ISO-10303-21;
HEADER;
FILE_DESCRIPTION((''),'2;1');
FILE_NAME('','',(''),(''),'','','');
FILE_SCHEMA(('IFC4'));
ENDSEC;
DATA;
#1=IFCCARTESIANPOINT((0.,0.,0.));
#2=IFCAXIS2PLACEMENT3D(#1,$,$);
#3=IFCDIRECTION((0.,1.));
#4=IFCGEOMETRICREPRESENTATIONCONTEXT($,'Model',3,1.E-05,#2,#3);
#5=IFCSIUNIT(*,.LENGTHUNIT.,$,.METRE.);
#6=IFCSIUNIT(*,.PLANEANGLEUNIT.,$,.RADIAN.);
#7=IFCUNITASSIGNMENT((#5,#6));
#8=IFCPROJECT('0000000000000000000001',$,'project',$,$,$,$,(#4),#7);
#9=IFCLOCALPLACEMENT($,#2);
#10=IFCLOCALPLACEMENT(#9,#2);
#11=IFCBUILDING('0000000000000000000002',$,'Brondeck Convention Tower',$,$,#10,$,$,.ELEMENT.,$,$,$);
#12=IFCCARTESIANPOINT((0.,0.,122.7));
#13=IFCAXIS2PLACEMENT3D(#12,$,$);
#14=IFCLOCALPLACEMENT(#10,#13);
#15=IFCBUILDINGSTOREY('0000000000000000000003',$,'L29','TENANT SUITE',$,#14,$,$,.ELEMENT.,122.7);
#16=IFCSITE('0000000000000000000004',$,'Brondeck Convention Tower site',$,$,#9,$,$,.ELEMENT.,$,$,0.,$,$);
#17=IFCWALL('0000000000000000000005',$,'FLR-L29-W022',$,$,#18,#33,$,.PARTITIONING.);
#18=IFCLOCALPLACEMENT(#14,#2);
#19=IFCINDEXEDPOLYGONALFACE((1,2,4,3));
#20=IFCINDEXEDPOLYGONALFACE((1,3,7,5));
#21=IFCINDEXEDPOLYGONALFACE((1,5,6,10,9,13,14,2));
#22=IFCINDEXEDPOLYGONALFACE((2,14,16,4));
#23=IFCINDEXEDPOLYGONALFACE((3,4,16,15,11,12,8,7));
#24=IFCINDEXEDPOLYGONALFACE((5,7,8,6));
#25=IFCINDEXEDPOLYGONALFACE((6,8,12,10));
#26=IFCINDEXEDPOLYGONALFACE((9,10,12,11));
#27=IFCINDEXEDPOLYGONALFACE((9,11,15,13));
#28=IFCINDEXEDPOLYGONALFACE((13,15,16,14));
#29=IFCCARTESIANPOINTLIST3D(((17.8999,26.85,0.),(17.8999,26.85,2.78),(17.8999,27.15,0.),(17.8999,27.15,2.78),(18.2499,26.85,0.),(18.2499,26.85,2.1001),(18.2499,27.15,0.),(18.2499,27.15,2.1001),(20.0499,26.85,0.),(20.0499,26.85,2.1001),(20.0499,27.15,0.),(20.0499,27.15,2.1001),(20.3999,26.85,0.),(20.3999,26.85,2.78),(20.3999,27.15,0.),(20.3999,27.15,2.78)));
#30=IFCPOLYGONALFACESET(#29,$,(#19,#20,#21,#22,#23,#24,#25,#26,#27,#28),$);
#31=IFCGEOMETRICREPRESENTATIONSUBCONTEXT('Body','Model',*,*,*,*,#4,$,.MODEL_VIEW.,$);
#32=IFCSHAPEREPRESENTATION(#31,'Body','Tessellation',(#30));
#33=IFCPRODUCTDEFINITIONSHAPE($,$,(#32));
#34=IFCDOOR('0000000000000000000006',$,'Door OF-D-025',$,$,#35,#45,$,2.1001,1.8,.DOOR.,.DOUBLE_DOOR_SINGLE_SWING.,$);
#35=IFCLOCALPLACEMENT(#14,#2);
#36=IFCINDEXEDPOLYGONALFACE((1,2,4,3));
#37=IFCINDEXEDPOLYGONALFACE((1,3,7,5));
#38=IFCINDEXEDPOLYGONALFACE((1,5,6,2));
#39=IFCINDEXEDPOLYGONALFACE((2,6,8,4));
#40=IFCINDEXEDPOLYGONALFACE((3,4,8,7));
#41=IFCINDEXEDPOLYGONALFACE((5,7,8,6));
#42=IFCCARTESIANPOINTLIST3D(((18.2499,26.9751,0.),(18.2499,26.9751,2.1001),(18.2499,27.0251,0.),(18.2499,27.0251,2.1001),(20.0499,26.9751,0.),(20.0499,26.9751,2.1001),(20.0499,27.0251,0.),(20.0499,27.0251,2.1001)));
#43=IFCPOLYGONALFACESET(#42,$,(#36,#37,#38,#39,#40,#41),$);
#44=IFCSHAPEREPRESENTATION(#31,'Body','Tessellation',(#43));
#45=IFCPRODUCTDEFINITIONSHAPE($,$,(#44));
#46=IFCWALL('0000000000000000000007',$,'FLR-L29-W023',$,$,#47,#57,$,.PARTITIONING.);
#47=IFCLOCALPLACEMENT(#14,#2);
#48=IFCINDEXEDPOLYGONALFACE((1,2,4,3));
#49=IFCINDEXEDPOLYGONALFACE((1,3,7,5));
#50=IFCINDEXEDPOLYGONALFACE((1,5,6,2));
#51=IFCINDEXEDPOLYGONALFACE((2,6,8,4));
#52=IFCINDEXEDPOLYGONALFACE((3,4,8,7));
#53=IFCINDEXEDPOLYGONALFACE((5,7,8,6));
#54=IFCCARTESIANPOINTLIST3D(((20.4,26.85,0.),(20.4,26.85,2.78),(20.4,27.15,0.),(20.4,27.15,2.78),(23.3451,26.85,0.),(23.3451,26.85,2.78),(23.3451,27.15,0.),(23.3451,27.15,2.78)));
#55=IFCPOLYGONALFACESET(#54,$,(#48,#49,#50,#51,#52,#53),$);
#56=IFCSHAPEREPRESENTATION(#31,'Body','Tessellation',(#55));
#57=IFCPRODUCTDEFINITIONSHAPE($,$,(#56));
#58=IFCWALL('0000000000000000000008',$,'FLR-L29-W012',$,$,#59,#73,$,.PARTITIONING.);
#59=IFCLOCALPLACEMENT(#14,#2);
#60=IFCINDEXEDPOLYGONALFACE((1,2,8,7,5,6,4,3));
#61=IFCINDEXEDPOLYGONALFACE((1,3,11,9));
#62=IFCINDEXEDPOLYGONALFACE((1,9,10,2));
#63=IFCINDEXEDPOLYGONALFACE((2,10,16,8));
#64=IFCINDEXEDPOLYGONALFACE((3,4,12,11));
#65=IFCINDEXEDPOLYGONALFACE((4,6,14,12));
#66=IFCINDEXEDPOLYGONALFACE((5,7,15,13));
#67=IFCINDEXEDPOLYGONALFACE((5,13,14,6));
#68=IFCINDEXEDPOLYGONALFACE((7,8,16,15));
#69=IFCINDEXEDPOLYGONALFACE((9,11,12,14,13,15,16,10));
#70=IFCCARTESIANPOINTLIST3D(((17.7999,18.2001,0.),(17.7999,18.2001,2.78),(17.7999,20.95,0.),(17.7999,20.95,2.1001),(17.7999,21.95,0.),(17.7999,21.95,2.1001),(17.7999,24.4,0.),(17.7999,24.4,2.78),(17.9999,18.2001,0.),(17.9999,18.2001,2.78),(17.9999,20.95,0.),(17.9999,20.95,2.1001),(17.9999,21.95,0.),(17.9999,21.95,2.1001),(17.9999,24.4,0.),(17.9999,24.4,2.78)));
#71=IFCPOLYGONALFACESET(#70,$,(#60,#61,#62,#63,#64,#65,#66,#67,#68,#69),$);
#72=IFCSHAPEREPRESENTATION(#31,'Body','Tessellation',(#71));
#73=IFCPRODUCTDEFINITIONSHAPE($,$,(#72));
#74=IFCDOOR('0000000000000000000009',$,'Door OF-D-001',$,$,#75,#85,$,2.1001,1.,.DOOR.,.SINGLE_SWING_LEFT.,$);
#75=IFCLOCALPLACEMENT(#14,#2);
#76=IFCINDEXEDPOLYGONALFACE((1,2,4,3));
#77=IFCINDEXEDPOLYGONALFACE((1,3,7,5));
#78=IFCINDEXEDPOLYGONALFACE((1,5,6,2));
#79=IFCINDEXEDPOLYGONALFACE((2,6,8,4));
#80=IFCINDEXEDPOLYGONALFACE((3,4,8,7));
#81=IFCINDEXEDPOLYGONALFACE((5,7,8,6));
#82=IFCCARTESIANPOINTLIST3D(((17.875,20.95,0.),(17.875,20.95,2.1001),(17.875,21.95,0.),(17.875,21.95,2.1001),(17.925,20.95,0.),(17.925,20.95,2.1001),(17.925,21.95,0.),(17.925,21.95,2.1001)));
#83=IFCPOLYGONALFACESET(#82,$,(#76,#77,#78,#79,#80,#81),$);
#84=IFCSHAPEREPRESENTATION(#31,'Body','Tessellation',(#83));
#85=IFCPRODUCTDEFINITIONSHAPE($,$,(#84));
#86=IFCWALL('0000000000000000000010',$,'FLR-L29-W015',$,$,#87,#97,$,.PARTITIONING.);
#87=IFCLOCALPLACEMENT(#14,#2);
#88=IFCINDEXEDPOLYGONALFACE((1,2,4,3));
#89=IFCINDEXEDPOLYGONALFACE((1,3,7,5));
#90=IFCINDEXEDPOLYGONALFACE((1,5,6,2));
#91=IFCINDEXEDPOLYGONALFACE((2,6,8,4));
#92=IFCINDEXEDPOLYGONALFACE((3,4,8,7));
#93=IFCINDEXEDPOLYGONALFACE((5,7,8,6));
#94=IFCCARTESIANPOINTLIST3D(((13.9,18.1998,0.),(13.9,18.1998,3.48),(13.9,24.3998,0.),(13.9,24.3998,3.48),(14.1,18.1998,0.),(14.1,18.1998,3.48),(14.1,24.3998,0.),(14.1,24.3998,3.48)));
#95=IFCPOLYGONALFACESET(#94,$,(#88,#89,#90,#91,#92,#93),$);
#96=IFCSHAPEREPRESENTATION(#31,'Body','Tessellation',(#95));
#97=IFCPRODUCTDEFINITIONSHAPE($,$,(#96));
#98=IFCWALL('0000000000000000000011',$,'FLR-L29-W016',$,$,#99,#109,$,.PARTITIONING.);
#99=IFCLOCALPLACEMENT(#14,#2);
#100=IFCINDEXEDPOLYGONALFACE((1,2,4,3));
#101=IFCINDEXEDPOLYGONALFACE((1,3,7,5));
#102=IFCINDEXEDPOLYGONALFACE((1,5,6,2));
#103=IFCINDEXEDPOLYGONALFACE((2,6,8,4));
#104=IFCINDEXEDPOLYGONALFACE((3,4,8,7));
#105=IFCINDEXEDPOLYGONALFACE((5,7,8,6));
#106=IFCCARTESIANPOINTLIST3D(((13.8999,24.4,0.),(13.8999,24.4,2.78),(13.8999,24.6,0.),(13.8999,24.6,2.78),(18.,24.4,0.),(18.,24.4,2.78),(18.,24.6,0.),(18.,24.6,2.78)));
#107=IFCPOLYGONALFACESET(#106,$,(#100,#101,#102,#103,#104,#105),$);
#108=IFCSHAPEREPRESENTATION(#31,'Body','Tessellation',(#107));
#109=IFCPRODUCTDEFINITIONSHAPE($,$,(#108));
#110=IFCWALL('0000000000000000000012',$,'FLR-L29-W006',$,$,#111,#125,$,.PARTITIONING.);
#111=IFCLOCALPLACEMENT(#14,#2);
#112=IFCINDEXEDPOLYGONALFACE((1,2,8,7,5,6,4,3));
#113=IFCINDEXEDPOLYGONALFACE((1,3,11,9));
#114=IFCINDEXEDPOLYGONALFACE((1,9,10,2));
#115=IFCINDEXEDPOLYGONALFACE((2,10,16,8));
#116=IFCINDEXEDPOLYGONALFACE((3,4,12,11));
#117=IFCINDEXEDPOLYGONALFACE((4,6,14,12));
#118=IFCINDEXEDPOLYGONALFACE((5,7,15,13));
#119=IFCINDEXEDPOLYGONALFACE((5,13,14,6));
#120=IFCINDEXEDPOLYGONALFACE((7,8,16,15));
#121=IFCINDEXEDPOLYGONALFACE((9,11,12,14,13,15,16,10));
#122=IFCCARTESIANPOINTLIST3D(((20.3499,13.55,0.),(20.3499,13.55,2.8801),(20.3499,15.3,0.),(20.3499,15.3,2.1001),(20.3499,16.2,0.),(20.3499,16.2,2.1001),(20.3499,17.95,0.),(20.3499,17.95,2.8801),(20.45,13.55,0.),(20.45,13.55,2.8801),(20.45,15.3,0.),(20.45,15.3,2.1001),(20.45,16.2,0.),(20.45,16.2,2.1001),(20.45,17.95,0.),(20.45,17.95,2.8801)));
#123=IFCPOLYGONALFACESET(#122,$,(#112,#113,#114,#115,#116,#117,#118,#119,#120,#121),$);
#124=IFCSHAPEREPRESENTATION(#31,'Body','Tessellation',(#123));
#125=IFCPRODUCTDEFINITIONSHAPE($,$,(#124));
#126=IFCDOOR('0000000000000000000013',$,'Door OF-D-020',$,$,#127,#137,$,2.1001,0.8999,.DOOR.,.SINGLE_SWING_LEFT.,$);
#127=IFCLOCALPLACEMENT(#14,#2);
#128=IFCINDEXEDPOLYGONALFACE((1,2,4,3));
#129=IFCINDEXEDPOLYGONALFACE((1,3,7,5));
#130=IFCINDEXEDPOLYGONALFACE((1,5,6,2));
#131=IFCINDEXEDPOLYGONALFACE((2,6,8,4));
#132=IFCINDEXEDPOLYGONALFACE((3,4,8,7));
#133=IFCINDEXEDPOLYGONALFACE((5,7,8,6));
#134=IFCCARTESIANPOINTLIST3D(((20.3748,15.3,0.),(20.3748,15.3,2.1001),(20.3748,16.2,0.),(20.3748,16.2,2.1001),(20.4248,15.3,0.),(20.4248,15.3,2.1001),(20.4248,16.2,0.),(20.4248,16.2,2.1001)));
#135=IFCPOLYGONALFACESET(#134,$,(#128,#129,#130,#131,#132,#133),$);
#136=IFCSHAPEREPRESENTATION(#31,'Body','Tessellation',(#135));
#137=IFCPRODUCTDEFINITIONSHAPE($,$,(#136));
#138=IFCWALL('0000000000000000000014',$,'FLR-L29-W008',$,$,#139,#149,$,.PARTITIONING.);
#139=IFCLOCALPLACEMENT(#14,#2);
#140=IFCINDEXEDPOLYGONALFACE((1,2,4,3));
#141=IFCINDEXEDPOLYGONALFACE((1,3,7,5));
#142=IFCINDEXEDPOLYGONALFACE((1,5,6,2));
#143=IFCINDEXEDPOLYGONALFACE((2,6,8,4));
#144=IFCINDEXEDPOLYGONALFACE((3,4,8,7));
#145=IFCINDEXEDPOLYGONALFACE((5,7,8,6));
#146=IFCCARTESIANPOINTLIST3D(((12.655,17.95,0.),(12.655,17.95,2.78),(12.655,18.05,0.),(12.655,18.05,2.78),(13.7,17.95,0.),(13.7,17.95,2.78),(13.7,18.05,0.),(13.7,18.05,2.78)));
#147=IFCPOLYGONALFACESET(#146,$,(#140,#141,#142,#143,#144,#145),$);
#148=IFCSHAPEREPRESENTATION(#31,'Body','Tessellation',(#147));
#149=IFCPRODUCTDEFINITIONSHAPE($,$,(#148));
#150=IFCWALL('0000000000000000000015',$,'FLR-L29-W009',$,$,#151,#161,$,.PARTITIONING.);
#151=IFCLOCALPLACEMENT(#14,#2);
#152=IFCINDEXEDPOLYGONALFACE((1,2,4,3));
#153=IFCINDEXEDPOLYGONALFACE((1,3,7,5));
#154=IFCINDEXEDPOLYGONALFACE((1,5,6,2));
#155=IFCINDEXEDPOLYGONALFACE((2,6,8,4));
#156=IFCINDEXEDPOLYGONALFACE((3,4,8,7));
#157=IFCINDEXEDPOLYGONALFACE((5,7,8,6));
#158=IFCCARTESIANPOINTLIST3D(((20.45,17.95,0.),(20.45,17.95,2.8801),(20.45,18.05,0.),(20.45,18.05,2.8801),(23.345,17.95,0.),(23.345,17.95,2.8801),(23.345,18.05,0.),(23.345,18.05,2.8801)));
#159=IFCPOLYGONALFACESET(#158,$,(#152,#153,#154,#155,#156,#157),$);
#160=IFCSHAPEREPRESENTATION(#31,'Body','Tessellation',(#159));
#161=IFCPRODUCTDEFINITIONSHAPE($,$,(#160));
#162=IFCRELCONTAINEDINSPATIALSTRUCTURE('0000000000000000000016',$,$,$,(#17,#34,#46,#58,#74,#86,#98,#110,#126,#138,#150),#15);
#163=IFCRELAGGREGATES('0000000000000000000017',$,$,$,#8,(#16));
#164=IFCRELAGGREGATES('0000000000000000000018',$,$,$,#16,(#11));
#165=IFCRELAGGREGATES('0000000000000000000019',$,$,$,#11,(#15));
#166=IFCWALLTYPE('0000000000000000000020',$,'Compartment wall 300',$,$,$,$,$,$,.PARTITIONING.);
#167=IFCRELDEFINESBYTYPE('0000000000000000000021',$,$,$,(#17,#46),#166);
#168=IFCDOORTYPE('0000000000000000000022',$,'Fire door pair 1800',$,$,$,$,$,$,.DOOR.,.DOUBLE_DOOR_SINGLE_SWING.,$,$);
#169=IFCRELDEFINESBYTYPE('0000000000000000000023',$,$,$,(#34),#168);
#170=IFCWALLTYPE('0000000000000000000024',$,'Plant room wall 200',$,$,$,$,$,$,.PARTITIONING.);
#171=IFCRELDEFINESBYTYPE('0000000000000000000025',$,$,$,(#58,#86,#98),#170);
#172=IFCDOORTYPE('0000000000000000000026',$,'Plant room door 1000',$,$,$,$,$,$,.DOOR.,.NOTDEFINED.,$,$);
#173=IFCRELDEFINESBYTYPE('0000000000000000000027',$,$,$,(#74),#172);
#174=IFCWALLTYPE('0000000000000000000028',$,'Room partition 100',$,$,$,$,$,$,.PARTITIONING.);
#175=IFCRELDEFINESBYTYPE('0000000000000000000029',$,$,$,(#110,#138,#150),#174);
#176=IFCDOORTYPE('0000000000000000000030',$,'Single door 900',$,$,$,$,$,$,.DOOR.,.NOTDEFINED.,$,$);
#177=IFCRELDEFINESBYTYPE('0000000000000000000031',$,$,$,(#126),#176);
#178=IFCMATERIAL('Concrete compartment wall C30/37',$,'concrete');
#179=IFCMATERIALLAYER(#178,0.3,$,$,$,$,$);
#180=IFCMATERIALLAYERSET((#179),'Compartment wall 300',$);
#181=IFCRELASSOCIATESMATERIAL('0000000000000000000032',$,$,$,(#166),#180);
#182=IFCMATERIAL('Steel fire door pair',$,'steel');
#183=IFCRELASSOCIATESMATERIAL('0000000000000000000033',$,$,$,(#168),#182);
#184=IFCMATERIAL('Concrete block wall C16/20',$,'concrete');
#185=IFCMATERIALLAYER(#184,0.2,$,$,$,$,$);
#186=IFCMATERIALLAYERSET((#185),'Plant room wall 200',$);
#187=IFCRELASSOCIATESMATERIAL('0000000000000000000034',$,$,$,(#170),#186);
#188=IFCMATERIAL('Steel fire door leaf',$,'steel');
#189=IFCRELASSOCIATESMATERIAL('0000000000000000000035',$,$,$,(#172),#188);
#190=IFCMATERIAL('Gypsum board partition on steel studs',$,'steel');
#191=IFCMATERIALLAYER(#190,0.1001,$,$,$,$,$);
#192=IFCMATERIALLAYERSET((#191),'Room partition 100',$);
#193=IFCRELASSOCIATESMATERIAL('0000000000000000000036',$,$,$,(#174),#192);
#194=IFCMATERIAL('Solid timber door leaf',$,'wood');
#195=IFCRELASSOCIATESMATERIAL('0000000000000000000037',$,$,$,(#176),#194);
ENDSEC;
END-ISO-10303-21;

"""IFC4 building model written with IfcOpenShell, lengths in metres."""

from ifc_helpers import new_model, si_unit, direction, frame, frame_2d, origin, place, context, subcontext, project, spatial, rectangle, extrude, material, layer, layer_set, type_object, element, fill, save


model = new_model("IFC4")

# Units and contexts
model_context = context("Model", 3, precision=1e-05, world=origin(), true_north=direction((0.0, 1.0)))
body_context = subcontext(model_context, "Body", "Model", "MODEL_VIEW")
ifc_project = project(units=[si_unit("LENGTHUNIT", "METRE"), si_unit("PLANEANGLEUNIT", "RADIAN")], contexts=[model_context])

# Site, building, storey
site_placement = place(None, origin())
site = spatial("IfcSite", under=ifc_project, at=site_placement, Name="Brondeck Convention Tower site", CompositionType="ELEMENT", RefElevation=0.0)
building_placement = place(site_placement, origin())
building = spatial("IfcBuilding", under=site, at=building_placement, Name="Brondeck Convention Tower", CompositionType="ELEMENT")
storey_placement = place(building_placement, frame((0.0, 0.0, 122.7)))
storey = spatial("IfcBuildingStorey", under=building, at=storey_placement, Name="L29", Description="TENANT SUITE", CompositionType="ELEMENT", Elevation=122.7)

# Shared definitions
ifc_material_1 = material(Name="Concrete compartment wall C30/37", Category="concrete")
ifc_layer_1 = layer(ifc_material_1, 0.3)
ifc_layer_set_1 = layer_set([ifc_layer_1], Name="Compartment wall 300")
wall_type_1 = type_object("IfcWallType", Name="Compartment wall 300", PredefinedType="PARTITIONING", material=ifc_layer_set_1)

# Wall, opening, door
wall_1_placement = place(storey_placement, frame((20.3999, 27.0, 0.0), z_axis=(0.0, 0.0, 1.0), x_axis=(-1.0, 0.0, 0.0)))
wall_1 = element("IfcWall", 1, at=wall_1_placement, inside=storey, type_object=wall_type_1, Name="FLR-L29-W022", PredefinedType="PARTITIONING", context=body_context, shape_type="SweptSolid", body=[
    extrude(rectangle(XDim=2.5, YDim=0.3, at=frame_2d((1.25, 0.0))), origin(), (0.0, 0.0, 1.0), 2.78),
])
opening_1_placement = place(wall_1_placement, frame((0.3501, 0.0, 0.0)))
opening_1 = element("IfcOpeningElement", 2, at=opening_1_placement, cuts=wall_1, PredefinedType="OPENING", context=body_context, shape_type="SweptSolid", body=[
    extrude(rectangle(XDim=1.8, YDim=2.1001, at=frame_2d((0.8999, 1.05))), frame((0.0, 0.1599, 0.0), z_axis=(0.0, -1.0, 0.0), x_axis=(1.0, 0.0, 0.0)), (0.0, 0.0, 1.0), 0.3201),
])
ifc_material_2 = material(Name="Steel fire door pair", Category="steel")
door_type_1 = type_object("IfcDoorType", Name="Fire door pair 1800", OperationType="DOUBLE_DOOR_SINGLE_SWING", PredefinedType="DOOR", material=ifc_material_2)
door_1_placement = place(opening_1_placement, origin())
door_1 = element("IfcDoor", 3, at=door_1_placement, inside=storey, type_object=door_type_1, Name="Door OF-D-025", OperationType="DOUBLE_DOOR_SINGLE_SWING", OverallHeight=2.1001, OverallWidth=1.8, PredefinedType="DOOR", context=body_context, shape_type="SweptSolid", body=[
    extrude(rectangle(XDim=1.8, YDim=2.1001, at=frame_2d((0.8999, 1.05))), frame((0.0, 0.0249, 0.0), z_axis=(0.0, -1.0, 0.0), x_axis=(1.0, 0.0, 0.0)), (0.0, 0.0, 1.0), 0.05),
])
fill(opening_1, door_1)

# Wall
wall_2_placement = place(storey_placement, frame((20.3999, 27.0, 0.0), z_axis=(0.0, 0.0, 1.0), x_axis=(1.0, 0.0, 0.0)))
element("IfcWall", 4, at=wall_2_placement, inside=storey, type_object=wall_type_1, Name="FLR-L29-W023", PredefinedType="PARTITIONING", context=body_context, shape_type="SweptSolid", body=[
    extrude(rectangle(XDim=2.9451, YDim=0.3, at=frame_2d((1.4727, 0.0))), origin(), (0.0, 0.0, 1.0), 2.78),
])

# Wall, opening, door
ifc_material_3 = material(Name="Concrete block wall C16/20", Category="concrete")
ifc_layer_2 = layer(ifc_material_3, 0.2)
ifc_layer_set_2 = layer_set([ifc_layer_2], Name="Plant room wall 200")
wall_type_2 = type_object("IfcWallType", Name="Plant room wall 200", PredefinedType="PARTITIONING", material=ifc_layer_set_2)
wall_3_placement = place(storey_placement, frame((17.8999, 18.2, 0.0), z_axis=(0.0, 0.0, 1.0), x_axis=(0.0, 1.0, 0.0)))
wall_3 = element("IfcWall", 5, at=wall_3_placement, inside=storey, type_object=wall_type_2, Name="FLR-L29-W012", PredefinedType="PARTITIONING", context=body_context, shape_type="SweptSolid", body=[
    extrude(rectangle(XDim=6.2, YDim=0.2, at=frame_2d((3.1001, 0.0))), origin(), (0.0, 0.0, 1.0), 2.78),
])
opening_2_placement = place(wall_3_placement, frame((2.75, 0.0, 0.0)))
opening_2 = element("IfcOpeningElement", 6, at=opening_2_placement, cuts=wall_3, PredefinedType="OPENING", context=body_context, shape_type="SweptSolid", body=[
    extrude(rectangle(XDim=1.0, YDim=2.1001, at=frame_2d((0.5, 1.05))), frame((0.0, 0.1099, 0.0), z_axis=(0.0, -1.0, 0.0), x_axis=(1.0, 0.0, 0.0)), (0.0, 0.0, 1.0), 0.22),
])
ifc_material_4 = material(Name="Steel fire door leaf", Category="steel")
door_type_2 = type_object("IfcDoorType", Name="Plant room door 1000", OperationType="NOTDEFINED", PredefinedType="DOOR", material=ifc_material_4)
door_2_placement = place(opening_2_placement, origin())
door_2 = element("IfcDoor", 7, at=door_2_placement, inside=storey, type_object=door_type_2, Name="Door OF-D-001", OperationType="SINGLE_SWING_LEFT", OverallHeight=2.1001, OverallWidth=1.0, PredefinedType="DOOR", context=body_context, shape_type="SweptSolid", body=[
    extrude(rectangle(XDim=1.0, YDim=2.1001, at=frame_2d((0.5, 1.05))), frame((0.0, 0.0249, 0.0), z_axis=(0.0, -1.0, 0.0), x_axis=(1.0, 0.0, 0.0)), (0.0, 0.0, 1.0), 0.05),
])
fill(opening_2, door_2)

# Walls
wall_4_placement = place(storey_placement, frame((14.0, 24.3999, 0.0), z_axis=(0.0, 0.0, 1.0), x_axis=(0.0, -1.0, 0.0)))
element("IfcWall", 8, at=wall_4_placement, inside=storey, type_object=wall_type_2, Name="FLR-L29-W015", PredefinedType="PARTITIONING", context=body_context, shape_type="SweptSolid", body=[
    extrude(rectangle(XDim=6.2, YDim=0.2, at=frame_2d((3.1001, 0.0))), origin(), (0.0, 0.0, 1.0), 3.48),
])
wall_5_placement = place(storey_placement, frame((18.0, 24.5, 0.0), z_axis=(0.0, 0.0, 1.0), x_axis=(-1.0, 0.0, 0.0)))
element("IfcWall", 9, at=wall_5_placement, inside=storey, type_object=wall_type_2, Name="FLR-L29-W016", PredefinedType="PARTITIONING", context=body_context, shape_type="SweptSolid", body=[
    extrude(rectangle(XDim=4.1001, YDim=0.2, at=frame_2d((2.05, 0.0))), origin(), (0.0, 0.0, 1.0), 2.78),
])

# Wall, opening, door
ifc_material_5 = material(Name="Gypsum board partition on steel studs", Category="steel")
ifc_layer_3 = layer(ifc_material_5, 0.1001)
ifc_layer_set_3 = layer_set([ifc_layer_3], Name="Room partition 100")
wall_type_3 = type_object("IfcWallType", Name="Room partition 100", PredefinedType="PARTITIONING", material=ifc_layer_set_3)
wall_6_placement = place(storey_placement, frame((20.3999, 17.95, 0.0), z_axis=(0.0, 0.0, 1.0), x_axis=(0.0, -1.0, 0.0)))
wall_6 = element("IfcWall", 10, at=wall_6_placement, inside=storey, type_object=wall_type_3, Name="FLR-L29-W006", PredefinedType="PARTITIONING", context=body_context, shape_type="SweptSolid", body=[
    extrude(rectangle(XDim=4.3999, YDim=0.1001, at=frame_2d((2.2, 0.0))), origin(), (0.0, 0.0, 1.0), 2.8801),
])
opening_3_placement = place(wall_6_placement, frame((1.75, 0.0, 0.0)))
opening_3 = element("IfcOpeningElement", 11, at=opening_3_placement, cuts=wall_6, PredefinedType="OPENING", context=body_context, shape_type="SweptSolid", body=[
    extrude(rectangle(XDim=0.8999, YDim=2.1001, at=frame_2d((0.45, 1.05))), frame((0.0, 0.0601, 0.0), z_axis=(0.0, -1.0, 0.0), x_axis=(1.0, 0.0, 0.0)), (0.0, 0.0, 1.0), 0.1201),
])
ifc_material_6 = material(Name="Solid timber door leaf", Category="wood")
door_type_3 = type_object("IfcDoorType", Name="Single door 900", OperationType="NOTDEFINED", PredefinedType="DOOR", material=ifc_material_6)
door_3_placement = place(opening_3_placement, origin())
door_3 = element("IfcDoor", 12, at=door_3_placement, inside=storey, type_object=door_type_3, Name="Door OF-D-020", OperationType="SINGLE_SWING_LEFT", OverallHeight=2.1001, OverallWidth=0.8999, PredefinedType="DOOR", context=body_context, shape_type="SweptSolid", body=[
    extrude(rectangle(XDim=0.8999, YDim=2.1001, at=frame_2d((0.45, 1.05))), frame((0.0, 0.0249, 0.0), z_axis=(0.0, -1.0, 0.0), x_axis=(1.0, 0.0, 0.0)), (0.0, 0.0, 1.0), 0.05),
])
fill(opening_3, door_3)

# Walls
wall_7_placement = place(storey_placement, frame((13.7, 18.0, 0.0), z_axis=(0.0, 0.0, 1.0), x_axis=(-1.0, 0.0, 0.0)))
element("IfcWall", 13, at=wall_7_placement, inside=storey, type_object=wall_type_3, Name="FLR-L29-W008", PredefinedType="PARTITIONING", context=body_context, shape_type="SweptSolid", body=[
    extrude(rectangle(XDim=1.0449, YDim=0.1001, at=frame_2d((0.5225, 0.0))), origin(), (0.0, 0.0, 1.0), 2.78),
])
wall_8_placement = place(storey_placement, frame((23.345, 18.0, 0.0), z_axis=(0.0, 0.0, 1.0), x_axis=(-1.0, 0.0, 0.0)))
element("IfcWall", 14, at=wall_8_placement, inside=storey, type_object=wall_type_3, Name="FLR-L29-W009", PredefinedType="PARTITIONING", context=body_context, shape_type="SweptSolid", body=[
    extrude(rectangle(XDim=2.895, YDim=0.1001, at=frame_2d((1.4475, 0.0))), origin(), (0.0, 0.0, 1.0), 2.8801),
])

save(model, "model.ifc")
